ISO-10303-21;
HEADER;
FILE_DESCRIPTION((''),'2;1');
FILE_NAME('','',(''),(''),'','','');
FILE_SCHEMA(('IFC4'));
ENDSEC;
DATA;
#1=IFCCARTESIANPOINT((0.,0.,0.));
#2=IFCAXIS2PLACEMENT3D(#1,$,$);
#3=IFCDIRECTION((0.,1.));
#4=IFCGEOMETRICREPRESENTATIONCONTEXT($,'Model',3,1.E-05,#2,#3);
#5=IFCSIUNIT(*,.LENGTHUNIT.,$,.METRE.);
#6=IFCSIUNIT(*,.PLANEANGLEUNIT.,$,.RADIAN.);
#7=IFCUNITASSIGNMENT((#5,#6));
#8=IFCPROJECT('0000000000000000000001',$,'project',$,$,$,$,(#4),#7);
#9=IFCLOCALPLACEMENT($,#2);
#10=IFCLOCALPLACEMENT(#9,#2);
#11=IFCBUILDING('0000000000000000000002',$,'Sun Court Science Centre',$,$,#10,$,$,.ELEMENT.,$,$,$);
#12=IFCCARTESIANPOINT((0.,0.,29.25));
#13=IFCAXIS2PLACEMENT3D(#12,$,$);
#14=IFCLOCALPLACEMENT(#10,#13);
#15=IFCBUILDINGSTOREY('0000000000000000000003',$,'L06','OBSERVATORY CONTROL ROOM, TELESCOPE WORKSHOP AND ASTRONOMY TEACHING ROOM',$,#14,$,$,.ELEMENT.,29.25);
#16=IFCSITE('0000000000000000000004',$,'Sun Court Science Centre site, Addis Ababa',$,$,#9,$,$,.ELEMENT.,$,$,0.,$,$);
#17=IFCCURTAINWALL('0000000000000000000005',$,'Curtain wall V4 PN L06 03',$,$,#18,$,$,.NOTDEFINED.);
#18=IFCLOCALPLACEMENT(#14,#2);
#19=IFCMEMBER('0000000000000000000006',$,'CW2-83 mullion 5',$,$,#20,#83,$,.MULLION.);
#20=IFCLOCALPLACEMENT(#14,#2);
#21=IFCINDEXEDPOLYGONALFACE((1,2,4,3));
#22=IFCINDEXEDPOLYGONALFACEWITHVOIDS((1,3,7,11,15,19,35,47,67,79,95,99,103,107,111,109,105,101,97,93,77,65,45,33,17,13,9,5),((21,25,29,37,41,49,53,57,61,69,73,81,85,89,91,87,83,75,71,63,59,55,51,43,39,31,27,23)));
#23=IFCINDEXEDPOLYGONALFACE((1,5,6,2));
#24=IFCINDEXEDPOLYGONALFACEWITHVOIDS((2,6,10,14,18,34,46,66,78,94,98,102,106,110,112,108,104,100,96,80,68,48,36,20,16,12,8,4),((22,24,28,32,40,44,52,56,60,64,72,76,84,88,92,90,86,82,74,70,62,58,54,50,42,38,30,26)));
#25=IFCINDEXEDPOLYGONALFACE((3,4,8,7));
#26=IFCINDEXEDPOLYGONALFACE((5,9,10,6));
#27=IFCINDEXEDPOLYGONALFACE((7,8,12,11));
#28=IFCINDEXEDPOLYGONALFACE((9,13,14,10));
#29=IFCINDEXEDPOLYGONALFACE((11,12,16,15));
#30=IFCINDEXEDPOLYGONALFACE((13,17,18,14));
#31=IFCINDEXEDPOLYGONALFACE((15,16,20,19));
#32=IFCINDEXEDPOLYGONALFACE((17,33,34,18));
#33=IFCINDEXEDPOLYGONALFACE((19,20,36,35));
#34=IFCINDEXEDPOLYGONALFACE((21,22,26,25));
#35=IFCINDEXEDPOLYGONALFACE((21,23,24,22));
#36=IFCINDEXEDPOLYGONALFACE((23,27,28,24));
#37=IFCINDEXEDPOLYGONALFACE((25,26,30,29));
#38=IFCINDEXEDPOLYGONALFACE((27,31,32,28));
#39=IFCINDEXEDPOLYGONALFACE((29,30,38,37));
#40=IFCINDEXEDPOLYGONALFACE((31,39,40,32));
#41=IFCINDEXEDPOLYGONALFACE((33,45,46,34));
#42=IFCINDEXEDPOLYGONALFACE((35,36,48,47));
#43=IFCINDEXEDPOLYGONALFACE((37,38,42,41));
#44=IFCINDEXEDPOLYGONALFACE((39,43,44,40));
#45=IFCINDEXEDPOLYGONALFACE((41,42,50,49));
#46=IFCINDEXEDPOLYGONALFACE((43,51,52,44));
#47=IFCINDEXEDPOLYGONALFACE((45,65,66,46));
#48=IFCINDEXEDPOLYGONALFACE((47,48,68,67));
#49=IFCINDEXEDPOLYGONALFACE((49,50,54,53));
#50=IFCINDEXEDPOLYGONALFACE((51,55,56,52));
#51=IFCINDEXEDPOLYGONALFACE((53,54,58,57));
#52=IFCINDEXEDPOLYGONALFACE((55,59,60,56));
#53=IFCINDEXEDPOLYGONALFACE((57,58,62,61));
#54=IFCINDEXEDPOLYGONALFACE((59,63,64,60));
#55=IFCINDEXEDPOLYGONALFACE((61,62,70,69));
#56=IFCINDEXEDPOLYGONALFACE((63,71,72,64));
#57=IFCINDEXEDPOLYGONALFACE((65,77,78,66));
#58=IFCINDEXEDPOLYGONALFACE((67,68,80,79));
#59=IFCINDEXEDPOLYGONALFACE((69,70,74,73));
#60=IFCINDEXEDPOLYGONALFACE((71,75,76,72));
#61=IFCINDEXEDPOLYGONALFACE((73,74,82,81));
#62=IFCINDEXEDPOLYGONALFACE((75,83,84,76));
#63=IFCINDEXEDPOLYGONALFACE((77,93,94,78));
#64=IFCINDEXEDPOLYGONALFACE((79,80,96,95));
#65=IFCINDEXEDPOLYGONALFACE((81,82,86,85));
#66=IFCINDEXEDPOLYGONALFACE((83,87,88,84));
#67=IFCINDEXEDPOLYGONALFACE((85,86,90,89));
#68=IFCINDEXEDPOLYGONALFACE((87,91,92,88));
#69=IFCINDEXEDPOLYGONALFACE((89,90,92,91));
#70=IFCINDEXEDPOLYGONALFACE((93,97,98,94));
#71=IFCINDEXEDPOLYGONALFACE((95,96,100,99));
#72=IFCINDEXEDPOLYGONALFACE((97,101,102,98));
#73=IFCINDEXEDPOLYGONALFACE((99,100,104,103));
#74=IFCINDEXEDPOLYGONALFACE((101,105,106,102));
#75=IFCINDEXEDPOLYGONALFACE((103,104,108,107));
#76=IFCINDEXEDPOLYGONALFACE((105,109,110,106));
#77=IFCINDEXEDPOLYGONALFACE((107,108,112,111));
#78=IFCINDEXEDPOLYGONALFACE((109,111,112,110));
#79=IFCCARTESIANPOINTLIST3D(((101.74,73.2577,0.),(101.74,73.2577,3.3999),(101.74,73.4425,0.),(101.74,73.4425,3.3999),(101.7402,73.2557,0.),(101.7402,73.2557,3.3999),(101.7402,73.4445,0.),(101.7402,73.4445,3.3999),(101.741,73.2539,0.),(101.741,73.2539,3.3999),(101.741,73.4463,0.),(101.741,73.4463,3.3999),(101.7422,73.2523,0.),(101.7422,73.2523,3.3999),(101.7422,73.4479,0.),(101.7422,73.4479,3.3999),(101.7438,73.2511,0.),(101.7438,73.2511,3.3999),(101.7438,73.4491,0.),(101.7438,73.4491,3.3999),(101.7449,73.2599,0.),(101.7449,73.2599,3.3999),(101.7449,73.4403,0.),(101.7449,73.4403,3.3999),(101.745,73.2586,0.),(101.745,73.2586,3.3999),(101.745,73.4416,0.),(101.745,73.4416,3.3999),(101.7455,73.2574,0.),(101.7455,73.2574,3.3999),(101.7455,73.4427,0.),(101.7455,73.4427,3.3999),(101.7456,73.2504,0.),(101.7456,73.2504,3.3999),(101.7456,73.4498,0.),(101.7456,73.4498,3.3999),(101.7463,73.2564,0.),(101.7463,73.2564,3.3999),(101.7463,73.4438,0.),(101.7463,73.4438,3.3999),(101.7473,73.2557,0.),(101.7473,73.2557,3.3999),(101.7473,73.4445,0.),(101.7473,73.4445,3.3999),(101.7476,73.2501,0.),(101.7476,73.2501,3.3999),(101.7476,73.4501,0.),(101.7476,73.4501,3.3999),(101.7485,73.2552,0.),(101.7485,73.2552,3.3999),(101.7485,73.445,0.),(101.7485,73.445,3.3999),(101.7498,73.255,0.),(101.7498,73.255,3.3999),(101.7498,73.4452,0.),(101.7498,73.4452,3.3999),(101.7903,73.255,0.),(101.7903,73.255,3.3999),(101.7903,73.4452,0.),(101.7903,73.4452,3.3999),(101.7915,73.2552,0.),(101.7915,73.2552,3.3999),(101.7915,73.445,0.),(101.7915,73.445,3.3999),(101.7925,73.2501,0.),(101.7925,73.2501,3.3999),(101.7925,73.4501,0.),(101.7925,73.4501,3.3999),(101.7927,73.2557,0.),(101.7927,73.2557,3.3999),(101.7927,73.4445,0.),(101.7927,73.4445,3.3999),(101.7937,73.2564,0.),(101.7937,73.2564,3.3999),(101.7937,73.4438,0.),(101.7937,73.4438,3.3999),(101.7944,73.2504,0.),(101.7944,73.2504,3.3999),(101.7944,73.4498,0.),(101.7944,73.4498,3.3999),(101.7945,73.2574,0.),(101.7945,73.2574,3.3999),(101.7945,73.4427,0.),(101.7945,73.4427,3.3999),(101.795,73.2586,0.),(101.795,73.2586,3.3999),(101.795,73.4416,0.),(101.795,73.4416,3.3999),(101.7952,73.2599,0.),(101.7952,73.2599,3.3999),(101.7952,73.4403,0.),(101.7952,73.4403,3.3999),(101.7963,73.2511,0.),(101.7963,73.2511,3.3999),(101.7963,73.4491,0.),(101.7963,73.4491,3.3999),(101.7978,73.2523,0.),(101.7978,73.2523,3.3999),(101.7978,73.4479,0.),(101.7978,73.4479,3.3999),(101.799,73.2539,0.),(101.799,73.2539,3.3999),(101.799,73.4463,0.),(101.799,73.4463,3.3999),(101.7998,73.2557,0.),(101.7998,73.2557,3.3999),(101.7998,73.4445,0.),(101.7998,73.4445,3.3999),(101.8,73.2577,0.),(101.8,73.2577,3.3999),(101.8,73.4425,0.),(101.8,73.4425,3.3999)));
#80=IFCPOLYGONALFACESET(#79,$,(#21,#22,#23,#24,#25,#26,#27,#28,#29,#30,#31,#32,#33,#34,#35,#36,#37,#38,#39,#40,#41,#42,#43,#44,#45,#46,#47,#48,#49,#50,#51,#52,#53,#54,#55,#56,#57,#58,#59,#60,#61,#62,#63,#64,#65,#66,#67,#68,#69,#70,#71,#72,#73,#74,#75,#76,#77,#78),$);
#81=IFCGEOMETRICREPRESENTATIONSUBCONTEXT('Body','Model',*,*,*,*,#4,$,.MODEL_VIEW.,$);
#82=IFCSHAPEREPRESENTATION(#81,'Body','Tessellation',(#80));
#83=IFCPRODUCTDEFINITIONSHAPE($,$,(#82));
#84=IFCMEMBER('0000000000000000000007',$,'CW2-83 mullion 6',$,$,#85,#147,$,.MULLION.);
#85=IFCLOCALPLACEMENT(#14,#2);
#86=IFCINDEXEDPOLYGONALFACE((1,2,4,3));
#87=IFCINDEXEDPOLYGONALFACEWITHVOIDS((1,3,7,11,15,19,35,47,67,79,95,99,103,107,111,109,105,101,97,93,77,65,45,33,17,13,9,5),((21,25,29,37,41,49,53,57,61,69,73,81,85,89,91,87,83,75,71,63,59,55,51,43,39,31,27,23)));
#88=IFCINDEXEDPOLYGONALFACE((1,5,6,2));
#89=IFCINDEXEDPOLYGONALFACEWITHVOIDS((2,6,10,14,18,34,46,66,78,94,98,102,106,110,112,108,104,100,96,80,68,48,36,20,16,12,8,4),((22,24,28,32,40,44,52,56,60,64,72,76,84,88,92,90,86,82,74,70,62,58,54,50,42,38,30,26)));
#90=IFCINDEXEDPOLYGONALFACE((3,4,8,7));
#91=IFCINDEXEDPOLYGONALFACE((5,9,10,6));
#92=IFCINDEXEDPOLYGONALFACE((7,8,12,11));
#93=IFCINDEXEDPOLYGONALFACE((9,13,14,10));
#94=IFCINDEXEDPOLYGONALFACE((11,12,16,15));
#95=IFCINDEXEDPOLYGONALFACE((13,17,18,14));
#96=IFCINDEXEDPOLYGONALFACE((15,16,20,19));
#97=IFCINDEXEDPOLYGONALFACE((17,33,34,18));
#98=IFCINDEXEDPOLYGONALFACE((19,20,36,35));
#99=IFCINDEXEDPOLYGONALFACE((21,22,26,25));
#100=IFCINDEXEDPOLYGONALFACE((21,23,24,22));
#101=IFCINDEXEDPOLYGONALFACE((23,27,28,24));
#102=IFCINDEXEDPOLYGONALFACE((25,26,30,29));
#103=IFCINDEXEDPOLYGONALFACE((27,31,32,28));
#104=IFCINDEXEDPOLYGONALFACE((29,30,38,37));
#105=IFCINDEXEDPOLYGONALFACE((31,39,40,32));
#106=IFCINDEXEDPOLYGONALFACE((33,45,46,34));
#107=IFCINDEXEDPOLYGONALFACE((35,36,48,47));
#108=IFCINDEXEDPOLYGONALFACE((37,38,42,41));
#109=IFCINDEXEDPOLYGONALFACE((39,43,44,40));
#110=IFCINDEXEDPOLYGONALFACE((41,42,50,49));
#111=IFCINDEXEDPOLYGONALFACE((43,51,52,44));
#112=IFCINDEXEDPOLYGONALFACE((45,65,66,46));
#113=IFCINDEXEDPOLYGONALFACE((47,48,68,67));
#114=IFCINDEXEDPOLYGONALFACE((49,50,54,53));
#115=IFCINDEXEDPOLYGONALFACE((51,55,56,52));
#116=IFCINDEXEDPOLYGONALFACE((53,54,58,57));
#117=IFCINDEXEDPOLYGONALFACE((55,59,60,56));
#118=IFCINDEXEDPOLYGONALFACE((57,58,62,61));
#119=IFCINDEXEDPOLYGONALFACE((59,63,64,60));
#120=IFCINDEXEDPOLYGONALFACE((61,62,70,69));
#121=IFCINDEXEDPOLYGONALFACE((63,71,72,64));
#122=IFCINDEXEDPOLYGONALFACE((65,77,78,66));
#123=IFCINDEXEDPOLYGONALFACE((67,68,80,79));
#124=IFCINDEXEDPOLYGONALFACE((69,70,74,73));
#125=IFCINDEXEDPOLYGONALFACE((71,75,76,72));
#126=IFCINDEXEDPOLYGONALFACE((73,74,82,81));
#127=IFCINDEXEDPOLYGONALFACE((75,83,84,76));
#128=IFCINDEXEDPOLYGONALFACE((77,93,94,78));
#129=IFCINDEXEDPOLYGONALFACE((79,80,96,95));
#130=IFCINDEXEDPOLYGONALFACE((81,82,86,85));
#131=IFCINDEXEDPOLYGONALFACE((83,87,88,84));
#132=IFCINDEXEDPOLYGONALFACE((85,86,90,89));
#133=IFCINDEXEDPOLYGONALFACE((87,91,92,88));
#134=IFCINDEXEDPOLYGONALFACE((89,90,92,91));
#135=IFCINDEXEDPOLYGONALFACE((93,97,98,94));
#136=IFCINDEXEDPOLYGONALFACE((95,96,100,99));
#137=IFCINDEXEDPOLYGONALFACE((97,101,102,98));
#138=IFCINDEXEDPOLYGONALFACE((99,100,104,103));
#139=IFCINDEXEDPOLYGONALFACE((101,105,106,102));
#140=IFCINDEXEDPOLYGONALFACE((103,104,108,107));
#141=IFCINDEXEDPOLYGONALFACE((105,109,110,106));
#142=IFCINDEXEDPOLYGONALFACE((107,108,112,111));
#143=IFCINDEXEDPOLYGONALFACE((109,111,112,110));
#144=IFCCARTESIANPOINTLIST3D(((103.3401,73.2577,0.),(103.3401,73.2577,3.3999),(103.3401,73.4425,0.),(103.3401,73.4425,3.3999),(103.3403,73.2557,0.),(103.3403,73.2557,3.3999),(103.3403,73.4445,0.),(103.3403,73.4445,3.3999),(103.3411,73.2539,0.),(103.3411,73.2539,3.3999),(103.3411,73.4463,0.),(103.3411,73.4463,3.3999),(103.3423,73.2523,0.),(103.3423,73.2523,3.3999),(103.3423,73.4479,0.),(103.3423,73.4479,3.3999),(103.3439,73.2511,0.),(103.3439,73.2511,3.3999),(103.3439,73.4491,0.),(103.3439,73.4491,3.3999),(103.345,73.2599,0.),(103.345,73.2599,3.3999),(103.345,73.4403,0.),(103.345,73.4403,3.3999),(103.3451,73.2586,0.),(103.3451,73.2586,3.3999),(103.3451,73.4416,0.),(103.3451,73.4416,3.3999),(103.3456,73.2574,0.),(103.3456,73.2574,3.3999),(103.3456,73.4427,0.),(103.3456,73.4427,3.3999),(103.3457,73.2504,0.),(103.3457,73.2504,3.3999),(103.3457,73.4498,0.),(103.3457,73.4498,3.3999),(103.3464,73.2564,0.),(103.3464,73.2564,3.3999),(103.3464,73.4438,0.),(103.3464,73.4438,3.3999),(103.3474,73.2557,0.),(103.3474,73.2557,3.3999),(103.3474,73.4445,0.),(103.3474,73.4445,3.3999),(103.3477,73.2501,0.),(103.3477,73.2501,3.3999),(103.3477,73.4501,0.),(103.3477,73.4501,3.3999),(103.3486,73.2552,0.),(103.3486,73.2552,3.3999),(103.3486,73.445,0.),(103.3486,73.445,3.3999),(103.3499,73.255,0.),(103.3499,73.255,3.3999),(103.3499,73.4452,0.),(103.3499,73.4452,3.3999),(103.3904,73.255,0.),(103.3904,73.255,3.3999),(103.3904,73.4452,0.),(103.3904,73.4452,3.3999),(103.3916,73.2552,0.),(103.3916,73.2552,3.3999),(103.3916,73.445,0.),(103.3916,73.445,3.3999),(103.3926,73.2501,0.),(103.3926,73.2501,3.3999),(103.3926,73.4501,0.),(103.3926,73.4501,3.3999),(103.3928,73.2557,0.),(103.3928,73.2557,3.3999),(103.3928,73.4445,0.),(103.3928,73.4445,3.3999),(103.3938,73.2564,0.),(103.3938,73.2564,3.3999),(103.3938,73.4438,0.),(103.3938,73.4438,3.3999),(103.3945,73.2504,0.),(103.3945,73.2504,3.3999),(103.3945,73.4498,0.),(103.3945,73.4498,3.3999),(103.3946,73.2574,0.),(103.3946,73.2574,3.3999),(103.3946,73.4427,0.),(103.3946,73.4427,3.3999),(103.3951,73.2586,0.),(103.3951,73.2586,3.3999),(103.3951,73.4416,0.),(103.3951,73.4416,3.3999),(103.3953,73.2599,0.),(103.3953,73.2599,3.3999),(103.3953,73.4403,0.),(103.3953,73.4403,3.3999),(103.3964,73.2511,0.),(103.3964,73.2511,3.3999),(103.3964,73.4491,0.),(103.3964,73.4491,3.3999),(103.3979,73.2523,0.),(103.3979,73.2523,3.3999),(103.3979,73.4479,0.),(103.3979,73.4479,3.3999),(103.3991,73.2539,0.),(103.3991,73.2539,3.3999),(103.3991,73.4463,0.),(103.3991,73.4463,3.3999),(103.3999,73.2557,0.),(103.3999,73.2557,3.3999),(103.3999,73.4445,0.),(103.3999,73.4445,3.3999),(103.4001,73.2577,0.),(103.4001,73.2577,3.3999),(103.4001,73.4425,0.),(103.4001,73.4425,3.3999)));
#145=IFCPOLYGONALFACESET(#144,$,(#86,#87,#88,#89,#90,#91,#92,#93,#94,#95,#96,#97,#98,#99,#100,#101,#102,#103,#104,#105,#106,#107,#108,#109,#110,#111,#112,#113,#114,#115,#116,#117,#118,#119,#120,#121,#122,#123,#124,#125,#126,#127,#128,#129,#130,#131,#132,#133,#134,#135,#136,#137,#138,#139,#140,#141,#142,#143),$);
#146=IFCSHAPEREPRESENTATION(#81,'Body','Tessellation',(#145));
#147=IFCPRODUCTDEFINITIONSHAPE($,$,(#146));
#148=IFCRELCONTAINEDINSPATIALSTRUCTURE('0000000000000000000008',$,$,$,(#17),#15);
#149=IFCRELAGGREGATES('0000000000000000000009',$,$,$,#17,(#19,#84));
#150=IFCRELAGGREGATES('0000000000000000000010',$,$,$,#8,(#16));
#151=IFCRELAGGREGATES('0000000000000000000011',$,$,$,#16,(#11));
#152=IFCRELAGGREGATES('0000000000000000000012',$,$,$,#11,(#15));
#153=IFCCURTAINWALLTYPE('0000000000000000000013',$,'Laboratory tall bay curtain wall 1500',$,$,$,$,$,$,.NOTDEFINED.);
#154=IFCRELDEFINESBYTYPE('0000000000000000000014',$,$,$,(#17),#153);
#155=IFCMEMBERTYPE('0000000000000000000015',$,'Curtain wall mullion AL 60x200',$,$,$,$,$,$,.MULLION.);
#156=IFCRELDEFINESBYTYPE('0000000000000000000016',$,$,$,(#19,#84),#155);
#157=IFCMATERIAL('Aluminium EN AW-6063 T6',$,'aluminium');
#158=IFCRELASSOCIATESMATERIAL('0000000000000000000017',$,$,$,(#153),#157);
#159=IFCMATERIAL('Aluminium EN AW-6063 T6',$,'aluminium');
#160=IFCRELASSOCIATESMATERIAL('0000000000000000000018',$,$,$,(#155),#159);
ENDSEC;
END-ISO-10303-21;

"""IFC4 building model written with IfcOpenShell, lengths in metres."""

from ifc_helpers import new_model, si_unit, direction, frame, origin, origin_2d, place, context, subcontext, project, spatial, hollow_rectangle, extrude, material, material_profile, profile_set, type_object, element, aggregate, save


model = new_model("IFC4")

# Units and contexts
model_context = context("Model", 3, precision=1e-05, world=origin(), true_north=direction((0.0, 1.0)))
body_context = subcontext(model_context, "Body", "Model", "MODEL_VIEW")
ifc_project = project(units=[si_unit("LENGTHUNIT", "METRE"), si_unit("PLANEANGLEUNIT", "RADIAN")], contexts=[model_context])

# Site, building, storey
site_placement = place(None, origin())
site = spatial("IfcSite", under=ifc_project, at=site_placement, Name="Sun Court Science Centre site, Addis Ababa", CompositionType="ELEMENT", RefElevation=0.0)
building_placement = place(site_placement, origin())
building = spatial("IfcBuilding", under=site, at=building_placement, Name="Sun Court Science Centre", CompositionType="ELEMENT")
storey_placement = place(building_placement, frame((0.0, 0.0, 29.25)))
storey = spatial("IfcBuildingStorey", under=building, at=storey_placement, Name="L06", Description="OBSERVATORY CONTROL ROOM, TELESCOPE WORKSHOP AND ASTRONOMY TEACHING ROOM", CompositionType="ELEMENT", Elevation=29.25)

# Curtain wall, members
ifc_material_1 = material(Name="Aluminium EN AW-6063 T6", Category="aluminium")
curtain_wall_type = type_object("IfcCurtainWallType", Name="Laboratory tall bay curtain wall 1500", PredefinedType="NOTDEFINED", material=ifc_material_1)
curtain_wall_placement = place(storey_placement, origin())
curtain_wall = element("IfcCurtainWall", 1, at=curtain_wall_placement, inside=storey, type_object=curtain_wall_type, Name="Curtain wall V4 PN L06 03", PredefinedType="NOTDEFINED")
ifc_material_2 = material(Name="Aluminium EN AW-6063 T6", Category="aluminium")
ifc_material_profile_1 = material_profile(ifc_material_2, hollow_rectangle(XDim=0.0601, YDim=0.2, WallThickness=0.0049, InnerFilletRadius=0.0049, OuterFilletRadius=0.0076, at=origin_2d()), Name="AL 60x200x5")
ifc_profile_set_1 = profile_set([ifc_material_profile_1], Name="Aluminium EN AW-6063 T6")
member_type_1 = type_object("IfcMemberType", Name="Curtain wall mullion AL 60x200", PredefinedType="MULLION", material=ifc_profile_set_1)
member_1_placement = place(storey_placement, frame((101.77, 73.3501, 0.0), z_axis=(0.0, 0.0, 1.0), x_axis=(1.0, 0.0, 0.0)))
member_1 = element("IfcMember", 2, at=member_1_placement, type_object=member_type_1, Name="CW2-83 mullion 5", PredefinedType="MULLION", context=body_context, shape_type="SweptSolid", body=[
    extrude(hollow_rectangle(XDim=0.0601, YDim=0.2, WallThickness=0.0049, InnerFilletRadius=0.0049, OuterFilletRadius=0.0076, at=origin_2d()), origin(), (0.0, 0.0, 1.0), 3.3999),
])
member_2_placement = place(storey_placement, frame((103.3701, 73.3501, 0.0), z_axis=(0.0, 0.0, 1.0), x_axis=(1.0, 0.0, 0.0)))
member_2 = element("IfcMember", 3, at=member_2_placement, type_object=member_type_1, Name="CW2-83 mullion 6", PredefinedType="MULLION", context=body_context, shape_type="SweptSolid", body=[
    extrude(hollow_rectangle(XDim=0.0601, YDim=0.2, WallThickness=0.0049, InnerFilletRadius=0.0049, OuterFilletRadius=0.0076, at=origin_2d()), origin(), (0.0, 0.0, 1.0), 3.3999),
])

aggregate(curtain_wall, [member_1, member_2])

save(model, "model.ifc")
